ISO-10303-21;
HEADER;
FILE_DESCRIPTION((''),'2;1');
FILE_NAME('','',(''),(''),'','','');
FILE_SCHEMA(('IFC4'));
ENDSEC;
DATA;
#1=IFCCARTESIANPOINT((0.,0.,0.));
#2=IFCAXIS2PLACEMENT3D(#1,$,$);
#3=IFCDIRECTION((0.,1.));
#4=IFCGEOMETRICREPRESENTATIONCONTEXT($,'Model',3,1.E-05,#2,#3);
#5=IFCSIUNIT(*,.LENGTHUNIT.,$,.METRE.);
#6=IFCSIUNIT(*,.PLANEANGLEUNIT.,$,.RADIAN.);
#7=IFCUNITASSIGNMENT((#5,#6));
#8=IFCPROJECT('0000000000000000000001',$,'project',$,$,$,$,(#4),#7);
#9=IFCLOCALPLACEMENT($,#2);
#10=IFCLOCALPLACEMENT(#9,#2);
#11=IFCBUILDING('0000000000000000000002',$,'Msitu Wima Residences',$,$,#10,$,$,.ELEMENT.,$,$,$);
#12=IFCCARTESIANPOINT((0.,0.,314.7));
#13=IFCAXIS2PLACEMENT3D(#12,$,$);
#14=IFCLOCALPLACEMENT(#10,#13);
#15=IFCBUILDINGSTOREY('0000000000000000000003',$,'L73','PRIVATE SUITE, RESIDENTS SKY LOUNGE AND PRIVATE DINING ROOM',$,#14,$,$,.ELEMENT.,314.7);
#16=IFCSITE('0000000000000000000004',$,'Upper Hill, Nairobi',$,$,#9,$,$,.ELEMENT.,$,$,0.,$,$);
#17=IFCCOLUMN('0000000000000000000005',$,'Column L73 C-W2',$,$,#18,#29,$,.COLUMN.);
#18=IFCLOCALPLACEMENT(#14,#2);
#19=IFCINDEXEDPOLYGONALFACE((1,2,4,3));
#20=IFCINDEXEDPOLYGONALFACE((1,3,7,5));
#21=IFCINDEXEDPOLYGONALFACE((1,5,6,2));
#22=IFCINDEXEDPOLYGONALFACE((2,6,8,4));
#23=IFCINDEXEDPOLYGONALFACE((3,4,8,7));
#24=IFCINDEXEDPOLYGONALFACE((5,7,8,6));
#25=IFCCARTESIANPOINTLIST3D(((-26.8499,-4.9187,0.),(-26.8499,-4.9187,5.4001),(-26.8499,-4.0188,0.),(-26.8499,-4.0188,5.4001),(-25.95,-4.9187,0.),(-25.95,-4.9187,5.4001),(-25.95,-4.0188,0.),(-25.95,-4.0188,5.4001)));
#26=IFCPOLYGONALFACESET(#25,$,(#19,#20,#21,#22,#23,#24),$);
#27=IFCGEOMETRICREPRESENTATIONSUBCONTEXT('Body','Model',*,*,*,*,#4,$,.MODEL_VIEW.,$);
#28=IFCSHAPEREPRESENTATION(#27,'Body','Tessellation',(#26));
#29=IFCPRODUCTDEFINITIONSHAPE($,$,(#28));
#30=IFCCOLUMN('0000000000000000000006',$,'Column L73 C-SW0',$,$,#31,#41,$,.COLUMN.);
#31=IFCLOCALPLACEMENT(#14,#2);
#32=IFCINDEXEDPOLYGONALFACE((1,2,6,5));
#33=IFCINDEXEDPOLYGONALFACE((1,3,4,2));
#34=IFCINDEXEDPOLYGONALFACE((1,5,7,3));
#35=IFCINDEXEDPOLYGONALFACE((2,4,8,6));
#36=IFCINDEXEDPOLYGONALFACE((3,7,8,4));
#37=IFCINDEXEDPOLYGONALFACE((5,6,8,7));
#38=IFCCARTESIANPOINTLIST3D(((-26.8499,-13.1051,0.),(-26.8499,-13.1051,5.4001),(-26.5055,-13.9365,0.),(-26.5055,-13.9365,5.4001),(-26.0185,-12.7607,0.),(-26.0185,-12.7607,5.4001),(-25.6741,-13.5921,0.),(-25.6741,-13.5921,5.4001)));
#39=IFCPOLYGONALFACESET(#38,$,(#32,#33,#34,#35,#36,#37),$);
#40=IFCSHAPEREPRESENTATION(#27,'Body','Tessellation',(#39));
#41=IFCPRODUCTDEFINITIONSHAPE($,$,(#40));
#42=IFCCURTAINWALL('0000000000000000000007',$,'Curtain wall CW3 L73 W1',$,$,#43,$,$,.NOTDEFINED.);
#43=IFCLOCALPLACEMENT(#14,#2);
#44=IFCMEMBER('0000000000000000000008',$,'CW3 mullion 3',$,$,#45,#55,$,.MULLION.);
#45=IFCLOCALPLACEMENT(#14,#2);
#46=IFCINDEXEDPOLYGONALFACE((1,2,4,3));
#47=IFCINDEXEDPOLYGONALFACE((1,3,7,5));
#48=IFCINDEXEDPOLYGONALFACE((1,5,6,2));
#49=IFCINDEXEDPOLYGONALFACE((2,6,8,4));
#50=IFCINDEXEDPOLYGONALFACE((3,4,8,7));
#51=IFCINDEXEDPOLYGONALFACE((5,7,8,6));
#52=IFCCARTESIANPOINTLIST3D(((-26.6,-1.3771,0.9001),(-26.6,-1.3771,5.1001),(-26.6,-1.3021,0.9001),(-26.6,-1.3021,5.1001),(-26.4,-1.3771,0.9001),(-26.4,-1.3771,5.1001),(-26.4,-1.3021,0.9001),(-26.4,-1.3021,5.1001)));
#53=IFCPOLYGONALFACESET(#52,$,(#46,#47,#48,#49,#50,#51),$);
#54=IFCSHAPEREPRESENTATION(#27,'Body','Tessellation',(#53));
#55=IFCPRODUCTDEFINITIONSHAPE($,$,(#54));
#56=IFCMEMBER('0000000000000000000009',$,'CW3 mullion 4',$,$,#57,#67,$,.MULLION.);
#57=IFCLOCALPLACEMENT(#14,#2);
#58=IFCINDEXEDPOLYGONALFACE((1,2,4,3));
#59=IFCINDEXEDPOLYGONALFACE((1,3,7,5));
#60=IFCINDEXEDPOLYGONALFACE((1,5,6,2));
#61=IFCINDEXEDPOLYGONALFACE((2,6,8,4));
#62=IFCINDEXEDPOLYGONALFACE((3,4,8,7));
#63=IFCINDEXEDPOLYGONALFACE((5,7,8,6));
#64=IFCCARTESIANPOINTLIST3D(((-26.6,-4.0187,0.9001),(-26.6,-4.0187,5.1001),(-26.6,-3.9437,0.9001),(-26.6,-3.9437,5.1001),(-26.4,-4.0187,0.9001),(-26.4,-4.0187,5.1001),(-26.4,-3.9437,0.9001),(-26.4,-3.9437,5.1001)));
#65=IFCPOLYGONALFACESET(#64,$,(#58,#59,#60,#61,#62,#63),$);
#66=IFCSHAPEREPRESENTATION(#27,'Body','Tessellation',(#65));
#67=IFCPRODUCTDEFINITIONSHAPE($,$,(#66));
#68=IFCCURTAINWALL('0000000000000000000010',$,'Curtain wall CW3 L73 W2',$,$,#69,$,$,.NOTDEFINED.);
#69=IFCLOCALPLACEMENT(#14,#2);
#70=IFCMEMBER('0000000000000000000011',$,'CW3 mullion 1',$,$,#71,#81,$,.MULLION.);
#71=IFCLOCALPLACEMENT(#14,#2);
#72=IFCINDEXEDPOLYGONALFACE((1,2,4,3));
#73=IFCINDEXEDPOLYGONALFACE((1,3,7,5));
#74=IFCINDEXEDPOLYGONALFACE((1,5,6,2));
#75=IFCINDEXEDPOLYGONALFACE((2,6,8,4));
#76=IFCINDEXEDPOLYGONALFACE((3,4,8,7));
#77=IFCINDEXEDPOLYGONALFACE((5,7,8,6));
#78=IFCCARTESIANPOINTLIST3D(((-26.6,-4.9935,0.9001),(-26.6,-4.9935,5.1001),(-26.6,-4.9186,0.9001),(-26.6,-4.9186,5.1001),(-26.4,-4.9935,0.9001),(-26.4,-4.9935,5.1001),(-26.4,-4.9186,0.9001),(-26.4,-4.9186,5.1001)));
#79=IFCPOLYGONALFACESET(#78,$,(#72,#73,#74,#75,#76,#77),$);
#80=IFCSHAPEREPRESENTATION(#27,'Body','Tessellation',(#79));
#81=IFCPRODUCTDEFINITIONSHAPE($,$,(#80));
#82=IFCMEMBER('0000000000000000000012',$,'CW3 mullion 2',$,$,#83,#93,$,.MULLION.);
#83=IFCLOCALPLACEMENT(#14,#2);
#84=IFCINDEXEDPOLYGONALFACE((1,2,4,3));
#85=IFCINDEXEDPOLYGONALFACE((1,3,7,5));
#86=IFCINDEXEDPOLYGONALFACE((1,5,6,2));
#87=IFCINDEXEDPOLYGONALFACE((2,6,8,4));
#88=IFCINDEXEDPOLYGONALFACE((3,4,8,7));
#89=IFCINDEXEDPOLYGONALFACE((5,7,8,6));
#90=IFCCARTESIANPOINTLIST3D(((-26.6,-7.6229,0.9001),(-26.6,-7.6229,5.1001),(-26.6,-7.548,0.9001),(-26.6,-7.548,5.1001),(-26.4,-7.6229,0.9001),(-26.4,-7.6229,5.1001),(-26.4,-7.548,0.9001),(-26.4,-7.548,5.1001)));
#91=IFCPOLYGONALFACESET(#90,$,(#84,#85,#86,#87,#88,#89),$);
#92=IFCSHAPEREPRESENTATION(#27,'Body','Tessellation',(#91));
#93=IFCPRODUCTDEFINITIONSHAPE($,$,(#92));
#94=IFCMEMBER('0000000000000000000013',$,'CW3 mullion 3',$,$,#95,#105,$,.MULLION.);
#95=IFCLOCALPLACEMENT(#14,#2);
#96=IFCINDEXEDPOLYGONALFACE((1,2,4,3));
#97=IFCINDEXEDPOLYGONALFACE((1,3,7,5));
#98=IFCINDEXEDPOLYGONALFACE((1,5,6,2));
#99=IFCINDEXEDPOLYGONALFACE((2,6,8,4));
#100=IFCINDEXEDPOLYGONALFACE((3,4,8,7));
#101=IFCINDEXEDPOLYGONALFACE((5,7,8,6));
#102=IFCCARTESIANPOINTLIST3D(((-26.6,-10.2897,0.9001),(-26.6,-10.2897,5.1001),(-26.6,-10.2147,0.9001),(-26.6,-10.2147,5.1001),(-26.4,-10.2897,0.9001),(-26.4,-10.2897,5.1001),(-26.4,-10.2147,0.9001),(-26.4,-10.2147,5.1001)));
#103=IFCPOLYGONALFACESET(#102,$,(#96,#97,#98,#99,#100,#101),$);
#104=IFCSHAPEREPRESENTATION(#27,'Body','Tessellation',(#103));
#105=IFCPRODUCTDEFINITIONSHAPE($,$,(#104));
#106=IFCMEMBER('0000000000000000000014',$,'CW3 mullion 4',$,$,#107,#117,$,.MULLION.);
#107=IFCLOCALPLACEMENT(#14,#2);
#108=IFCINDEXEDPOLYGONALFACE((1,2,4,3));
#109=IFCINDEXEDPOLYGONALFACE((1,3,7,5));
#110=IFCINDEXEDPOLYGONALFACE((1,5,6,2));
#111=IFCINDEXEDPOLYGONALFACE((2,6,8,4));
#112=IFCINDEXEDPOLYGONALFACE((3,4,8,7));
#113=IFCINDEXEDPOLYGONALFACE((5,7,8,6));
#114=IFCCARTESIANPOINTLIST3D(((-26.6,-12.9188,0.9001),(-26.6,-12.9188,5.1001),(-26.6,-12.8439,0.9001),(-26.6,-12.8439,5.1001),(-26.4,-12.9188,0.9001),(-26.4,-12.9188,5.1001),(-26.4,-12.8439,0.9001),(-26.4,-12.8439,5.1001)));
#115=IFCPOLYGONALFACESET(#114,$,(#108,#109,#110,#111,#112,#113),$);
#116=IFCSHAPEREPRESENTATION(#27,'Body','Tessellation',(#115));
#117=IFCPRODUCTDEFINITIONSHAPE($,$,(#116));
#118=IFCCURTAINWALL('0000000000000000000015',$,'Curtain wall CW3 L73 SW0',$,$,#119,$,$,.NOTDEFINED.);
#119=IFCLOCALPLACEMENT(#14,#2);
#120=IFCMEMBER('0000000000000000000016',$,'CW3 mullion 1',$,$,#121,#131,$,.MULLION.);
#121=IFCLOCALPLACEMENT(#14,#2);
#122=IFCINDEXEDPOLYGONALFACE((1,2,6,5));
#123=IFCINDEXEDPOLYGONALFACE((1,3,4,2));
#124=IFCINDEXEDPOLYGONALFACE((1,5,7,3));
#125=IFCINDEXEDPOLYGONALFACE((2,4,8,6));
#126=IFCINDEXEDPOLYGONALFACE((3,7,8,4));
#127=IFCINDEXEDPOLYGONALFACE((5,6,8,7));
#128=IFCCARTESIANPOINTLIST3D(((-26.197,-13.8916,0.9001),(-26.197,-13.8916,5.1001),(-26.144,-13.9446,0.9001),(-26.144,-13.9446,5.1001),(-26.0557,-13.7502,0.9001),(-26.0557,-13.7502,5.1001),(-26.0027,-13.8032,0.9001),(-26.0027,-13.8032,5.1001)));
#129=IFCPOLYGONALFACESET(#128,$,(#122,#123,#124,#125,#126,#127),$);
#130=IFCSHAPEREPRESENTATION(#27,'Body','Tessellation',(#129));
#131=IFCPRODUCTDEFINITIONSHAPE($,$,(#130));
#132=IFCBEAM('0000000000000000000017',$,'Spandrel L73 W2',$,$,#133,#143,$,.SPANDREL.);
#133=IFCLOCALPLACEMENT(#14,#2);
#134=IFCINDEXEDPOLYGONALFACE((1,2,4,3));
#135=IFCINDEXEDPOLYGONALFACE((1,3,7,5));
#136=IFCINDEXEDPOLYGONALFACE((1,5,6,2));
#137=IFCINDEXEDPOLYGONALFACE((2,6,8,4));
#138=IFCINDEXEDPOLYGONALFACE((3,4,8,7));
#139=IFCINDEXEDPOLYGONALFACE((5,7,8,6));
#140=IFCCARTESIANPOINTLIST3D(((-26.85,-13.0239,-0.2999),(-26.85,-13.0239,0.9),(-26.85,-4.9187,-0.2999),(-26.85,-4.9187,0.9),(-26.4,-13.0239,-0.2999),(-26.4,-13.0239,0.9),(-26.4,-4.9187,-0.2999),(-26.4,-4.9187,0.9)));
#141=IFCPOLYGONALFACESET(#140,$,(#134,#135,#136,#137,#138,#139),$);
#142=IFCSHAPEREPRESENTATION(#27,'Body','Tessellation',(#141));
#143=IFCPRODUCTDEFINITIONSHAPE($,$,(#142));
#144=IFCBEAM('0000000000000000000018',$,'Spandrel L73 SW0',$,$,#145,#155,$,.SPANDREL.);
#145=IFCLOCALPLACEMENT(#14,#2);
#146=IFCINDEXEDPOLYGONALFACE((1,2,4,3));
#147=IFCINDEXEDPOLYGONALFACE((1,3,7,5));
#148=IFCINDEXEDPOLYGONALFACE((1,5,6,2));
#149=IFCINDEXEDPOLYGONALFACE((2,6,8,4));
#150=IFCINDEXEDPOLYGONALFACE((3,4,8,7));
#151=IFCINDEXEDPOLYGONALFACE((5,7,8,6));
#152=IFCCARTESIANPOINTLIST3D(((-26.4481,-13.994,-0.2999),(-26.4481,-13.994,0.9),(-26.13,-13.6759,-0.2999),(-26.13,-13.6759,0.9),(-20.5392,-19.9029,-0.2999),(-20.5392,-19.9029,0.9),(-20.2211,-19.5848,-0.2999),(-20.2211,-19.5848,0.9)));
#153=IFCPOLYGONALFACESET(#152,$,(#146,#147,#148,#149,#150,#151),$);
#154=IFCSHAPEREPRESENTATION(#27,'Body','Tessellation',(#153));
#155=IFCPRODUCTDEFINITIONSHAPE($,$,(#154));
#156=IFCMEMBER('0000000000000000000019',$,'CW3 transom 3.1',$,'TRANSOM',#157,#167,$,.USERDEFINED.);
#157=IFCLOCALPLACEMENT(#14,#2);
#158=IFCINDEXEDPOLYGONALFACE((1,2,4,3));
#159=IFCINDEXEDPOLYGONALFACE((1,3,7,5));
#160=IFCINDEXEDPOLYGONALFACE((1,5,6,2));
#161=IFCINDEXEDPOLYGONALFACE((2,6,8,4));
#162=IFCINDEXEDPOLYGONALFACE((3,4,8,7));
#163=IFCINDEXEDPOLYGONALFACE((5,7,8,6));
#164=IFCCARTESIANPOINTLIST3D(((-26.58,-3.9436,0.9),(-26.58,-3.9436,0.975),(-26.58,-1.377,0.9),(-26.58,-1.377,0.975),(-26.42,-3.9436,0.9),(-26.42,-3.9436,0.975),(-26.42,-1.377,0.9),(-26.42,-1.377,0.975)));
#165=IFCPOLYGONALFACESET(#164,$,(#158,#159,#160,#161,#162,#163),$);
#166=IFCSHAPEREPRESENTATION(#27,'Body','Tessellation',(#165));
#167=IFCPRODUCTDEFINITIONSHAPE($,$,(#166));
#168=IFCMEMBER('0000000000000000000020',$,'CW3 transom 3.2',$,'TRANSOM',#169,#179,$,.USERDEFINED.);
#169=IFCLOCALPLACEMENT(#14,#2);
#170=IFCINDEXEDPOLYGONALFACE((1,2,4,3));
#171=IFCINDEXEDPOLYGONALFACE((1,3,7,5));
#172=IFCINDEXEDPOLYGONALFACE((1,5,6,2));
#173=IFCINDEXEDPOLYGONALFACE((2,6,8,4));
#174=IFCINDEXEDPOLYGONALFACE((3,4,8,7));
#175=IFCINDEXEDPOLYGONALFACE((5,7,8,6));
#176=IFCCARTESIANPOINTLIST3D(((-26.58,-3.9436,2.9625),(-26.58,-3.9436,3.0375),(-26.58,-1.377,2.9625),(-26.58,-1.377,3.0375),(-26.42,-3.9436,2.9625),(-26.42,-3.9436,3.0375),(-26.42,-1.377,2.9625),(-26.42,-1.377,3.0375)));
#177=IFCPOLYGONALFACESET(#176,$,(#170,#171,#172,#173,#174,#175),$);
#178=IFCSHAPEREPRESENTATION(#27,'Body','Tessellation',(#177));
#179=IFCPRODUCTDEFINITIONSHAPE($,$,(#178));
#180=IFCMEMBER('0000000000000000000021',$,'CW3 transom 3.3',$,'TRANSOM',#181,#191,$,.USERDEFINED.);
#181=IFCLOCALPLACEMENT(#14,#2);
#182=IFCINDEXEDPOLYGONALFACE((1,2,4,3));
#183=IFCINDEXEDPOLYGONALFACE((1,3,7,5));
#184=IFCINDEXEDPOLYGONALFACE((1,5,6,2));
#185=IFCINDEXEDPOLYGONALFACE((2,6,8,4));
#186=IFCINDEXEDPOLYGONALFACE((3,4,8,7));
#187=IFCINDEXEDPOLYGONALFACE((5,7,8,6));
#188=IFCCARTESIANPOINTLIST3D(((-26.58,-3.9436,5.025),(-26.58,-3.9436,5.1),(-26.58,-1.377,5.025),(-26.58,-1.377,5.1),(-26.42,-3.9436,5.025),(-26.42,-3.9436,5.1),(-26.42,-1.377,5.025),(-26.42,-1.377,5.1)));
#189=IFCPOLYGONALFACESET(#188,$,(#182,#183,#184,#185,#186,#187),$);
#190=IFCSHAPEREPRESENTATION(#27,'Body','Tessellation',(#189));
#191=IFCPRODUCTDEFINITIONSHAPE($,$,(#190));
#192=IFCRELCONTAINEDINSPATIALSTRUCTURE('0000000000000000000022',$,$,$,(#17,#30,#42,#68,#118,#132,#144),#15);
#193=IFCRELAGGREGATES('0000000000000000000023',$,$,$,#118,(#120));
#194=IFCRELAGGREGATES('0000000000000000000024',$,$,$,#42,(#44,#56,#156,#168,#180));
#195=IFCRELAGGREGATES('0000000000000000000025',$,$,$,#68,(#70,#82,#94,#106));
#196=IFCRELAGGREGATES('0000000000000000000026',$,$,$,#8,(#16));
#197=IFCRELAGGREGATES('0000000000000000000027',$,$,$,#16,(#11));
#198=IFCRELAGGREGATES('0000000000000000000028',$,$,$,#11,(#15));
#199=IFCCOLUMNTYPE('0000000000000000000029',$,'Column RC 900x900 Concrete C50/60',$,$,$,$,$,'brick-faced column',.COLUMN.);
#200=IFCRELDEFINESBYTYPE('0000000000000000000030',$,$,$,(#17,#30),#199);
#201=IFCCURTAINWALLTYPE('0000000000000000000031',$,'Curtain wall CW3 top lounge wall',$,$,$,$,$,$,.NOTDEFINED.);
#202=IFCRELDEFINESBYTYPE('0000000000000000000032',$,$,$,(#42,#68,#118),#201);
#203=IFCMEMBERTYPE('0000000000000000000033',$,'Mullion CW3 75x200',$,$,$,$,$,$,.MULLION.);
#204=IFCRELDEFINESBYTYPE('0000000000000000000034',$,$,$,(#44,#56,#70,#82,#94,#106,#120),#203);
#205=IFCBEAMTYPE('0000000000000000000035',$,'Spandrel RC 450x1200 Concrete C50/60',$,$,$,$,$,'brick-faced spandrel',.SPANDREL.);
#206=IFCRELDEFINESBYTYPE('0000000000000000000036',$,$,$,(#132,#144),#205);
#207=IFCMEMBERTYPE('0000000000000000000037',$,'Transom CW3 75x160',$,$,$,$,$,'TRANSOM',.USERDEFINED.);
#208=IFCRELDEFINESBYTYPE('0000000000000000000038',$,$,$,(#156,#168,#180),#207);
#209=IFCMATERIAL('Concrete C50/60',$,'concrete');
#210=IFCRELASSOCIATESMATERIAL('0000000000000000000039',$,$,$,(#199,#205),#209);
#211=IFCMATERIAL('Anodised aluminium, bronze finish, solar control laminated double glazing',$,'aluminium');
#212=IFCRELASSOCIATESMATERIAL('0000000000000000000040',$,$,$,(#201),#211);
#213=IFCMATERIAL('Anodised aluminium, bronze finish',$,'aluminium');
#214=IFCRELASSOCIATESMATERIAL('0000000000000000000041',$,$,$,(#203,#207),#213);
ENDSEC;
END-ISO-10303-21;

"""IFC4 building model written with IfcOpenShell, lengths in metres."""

from ifc_helpers import new_model, si_unit, direction, frame, origin, origin_2d, place, context, subcontext, project, spatial, rectangle, extrude, material, material_profile, profile_set, type_object, element, aggregate, save


model = new_model("IFC4")

# Units and contexts
model_context = context("Model", 3, precision=1e-05, world=origin(), true_north=direction((0.0, 1.0)))
body_context = subcontext(model_context, "Body", "Model", "MODEL_VIEW")
ifc_project = project(units=[si_unit("LENGTHUNIT", "METRE"), si_unit("PLANEANGLEUNIT", "RADIAN")], contexts=[model_context])

# Site, building, storey
site_placement = place(None, origin())
site = spatial("IfcSite", under=ifc_project, at=site_placement, Name="Upper Hill, Nairobi", CompositionType="ELEMENT", RefElevation=0.0)
building_placement = place(site_placement, origin())
building = spatial("IfcBuilding", under=site, at=building_placement, Name="Msitu Wima Residences", CompositionType="ELEMENT")
storey_placement = place(building_placement, frame((0.0, 0.0, 314.7)))
storey = spatial("IfcBuildingStorey", under=building, at=storey_placement, Name="L73", Description="PRIVATE SUITE, RESIDENTS SKY LOUNGE AND PRIVATE DINING ROOM", CompositionType="ELEMENT", Elevation=314.7)

# Columns
ifc_material_1 = material(Name="Concrete C50/60", Category="concrete")
ifc_material_profile_1 = material_profile(ifc_material_1, rectangle(XDim=0.8999, YDim=0.8999, at=origin_2d()), Name="RC 900x900")
ifc_profile_set_1 = profile_set([ifc_material_profile_1], Name="Concrete C50/60")
column_type = type_object("IfcColumnType", Name="Column RC 900x900 Concrete C50/60", ElementType="brick-faced column", PredefinedType="COLUMN", material=ifc_profile_set_1)
for number, where, z_axis, x_axis, name in (
    (1, (-26.3999, -4.4688, 0.0), (0.0, 0.0, 1.0), (0.0, -1.0, 0.0), "Column L73 C-W2"),
    (2, (-26.262, -13.3486, 0.0), (0.0, 0.0, 1.0), (0.382683, -0.92388, 0.0), "Column L73 C-SW0"),
):
    element("IfcColumn", number, at=place(storey_placement, frame(where, z_axis=z_axis, x_axis=x_axis)), inside=storey, type_object=column_type, Name=name, PredefinedType="COLUMN", context=body_context, shape_type="SweptSolid", body=[
        extrude(rectangle(XDim=0.8999, YDim=0.8999, at=origin_2d()), origin(), (0.0, 0.0, 1.0), 5.4001),
    ])

# Curtain walls, members
ifc_material_2 = material(Name="Anodised aluminium, bronze finish, solar control laminated double glazing", Category="aluminium")
curtain_wall_type = type_object("IfcCurtainWallType", Name="Curtain wall CW3 top lounge wall", PredefinedType="NOTDEFINED", material=ifc_material_2)
curtain_wall_1_placement = place(storey_placement, origin())
curtain_wall_1 = element("IfcCurtainWall", 3, at=curtain_wall_1_placement, inside=storey, type_object=curtain_wall_type, Name="Curtain wall CW3 L73 W1", PredefinedType="NOTDEFINED")
ifc_material_3 = material(Name="Anodised aluminium, bronze finish", Category="aluminium")
ifc_material_profile_2 = material_profile(ifc_material_3, rectangle(XDim=0.2, YDim=0.075, at=origin_2d()), Name="Mullion 75x200")
ifc_profile_set_2 = profile_set([ifc_material_profile_2], Name="Anodised aluminium, bronze finish")
member_type_1 = type_object("IfcMemberType", Name="Mullion CW3 75x200", PredefinedType="MULLION", material=ifc_profile_set_2)
member_1_placement = place(storey_placement, frame((-26.5, -1.3396, 0.9001), z_axis=(0.0, 0.0, 1.0), x_axis=(1.0, 0.0, 0.0)))
member_1 = element("IfcMember", 4, at=member_1_placement, type_object=member_type_1, Name="CW3 mullion 3", PredefinedType="MULLION", context=body_context, shape_type="SweptSolid", body=[
    extrude(rectangle(XDim=0.2, YDim=0.075, at=origin_2d()), origin(), (0.0, 0.0, 1.0), 4.2),
])
member_2_placement = place(storey_placement, frame((-26.5, -3.9812, 0.9001), z_axis=(0.0, 0.0, 1.0), x_axis=(1.0, 0.0, 0.0)))
member_2 = element("IfcMember", 5, at=member_2_placement, type_object=member_type_1, Name="CW3 mullion 4", PredefinedType="MULLION", context=body_context, shape_type="SweptSolid", body=[
    extrude(rectangle(XDim=0.2, YDim=0.075, at=origin_2d()), origin(), (0.0, 0.0, 1.0), 4.2),
])
curtain_wall_2_placement = place(storey_placement, origin())
curtain_wall_2 = element("IfcCurtainWall", 6, at=curtain_wall_2_placement, inside=storey, type_object=curtain_wall_type, Name="Curtain wall CW3 L73 W2", PredefinedType="NOTDEFINED")
member_3_placement = place(storey_placement, frame((-26.5, -4.9561, 0.9001), z_axis=(0.0, 0.0, 1.0), x_axis=(1.0, 0.0, 0.0)))
member_3 = element("IfcMember", 7, at=member_3_placement, type_object=member_type_1, Name="CW3 mullion 1", PredefinedType="MULLION", context=body_context, shape_type="SweptSolid", body=[
    extrude(rectangle(XDim=0.2, YDim=0.075, at=origin_2d()), origin(), (0.0, 0.0, 1.0), 4.2),
])
member_4_placement = place(storey_placement, frame((-26.5, -7.5854, 0.9001), z_axis=(0.0, 0.0, 1.0), x_axis=(1.0, 0.0, 0.0)))
member_4 = element("IfcMember", 8, at=member_4_placement, type_object=member_type_1, Name="CW3 mullion 2", PredefinedType="MULLION", context=body_context, shape_type="SweptSolid", body=[
    extrude(rectangle(XDim=0.2, YDim=0.075, at=origin_2d()), origin(), (0.0, 0.0, 1.0), 4.2),
])
member_5_placement = place(storey_placement, frame((-26.5, -10.2522, 0.9001), z_axis=(0.0, 0.0, 1.0), x_axis=(1.0, 0.0, 0.0)))
member_5 = element("IfcMember", 9, at=member_5_placement, type_object=member_type_1, Name="CW3 mullion 3", PredefinedType="MULLION", context=body_context, shape_type="SweptSolid", body=[
    extrude(rectangle(XDim=0.2, YDim=0.075, at=origin_2d()), origin(), (0.0, 0.0, 1.0), 4.2),
])
member_6_placement = place(storey_placement, frame((-26.5, -12.8813, 0.9001), z_axis=(0.0, 0.0, 1.0), x_axis=(1.0, 0.0, 0.0)))
member_6 = element("IfcMember", 10, at=member_6_placement, type_object=member_type_1, Name="CW3 mullion 4", PredefinedType="MULLION", context=body_context, shape_type="SweptSolid", body=[
    extrude(rectangle(XDim=0.2, YDim=0.075, at=origin_2d()), origin(), (0.0, 0.0, 1.0), 4.2),
])

# Curtain wall, member
curtain_wall_3_placement = place(storey_placement, origin())
curtain_wall_3 = element("IfcCurtainWall", 11, at=curtain_wall_3_placement, inside=storey, type_object=curtain_wall_type, Name="Curtain wall CW3 L73 SW0", PredefinedType="NOTDEFINED")
member_7_placement = place(storey_placement, frame((-26.0999, -13.8474, 0.9001), z_axis=(0.0, 0.0, 1.0), x_axis=(0.707107, 0.707107, 0.0)))
member_7 = element("IfcMember", 12, at=member_7_placement, type_object=member_type_1, Name="CW3 mullion 1", PredefinedType="MULLION", context=body_context, shape_type="SweptSolid", body=[
    extrude(rectangle(XDim=0.2, YDim=0.075, at=origin_2d()), origin(), (0.0, 0.0, 1.0), 4.2),
])

# Beams
ifc_material_profile_3 = material_profile(ifc_material_1, rectangle(XDim=0.45, YDim=1.2, at=origin_2d()), Name="RC 450x1200")
ifc_profile_set_3 = profile_set([ifc_material_profile_3], Name="Concrete C50/60")
beam_type = type_object("IfcBeamType", Name="Spandrel RC 450x1200 Concrete C50/60", ElementType="brick-faced spandrel", PredefinedType="SPANDREL", material=ifc_profile_set_3)
beam_1_placement = place(storey_placement, frame((-26.625, -4.9187, 0.3), z_axis=(0.0, -1.0, 0.0), x_axis=(1.0, 0.0, 0.0)))
element("IfcBeam", 13, at=beam_1_placement, inside=storey, type_object=beam_type, Name="Spandrel L73 W2", PredefinedType="SPANDREL", context=body_context, shape_type="SweptSolid", body=[
    extrude(rectangle(XDim=0.45, YDim=1.2, at=origin_2d()), origin(), (0.0, 0.0, 1.0), 8.1052),
])
beam_2_placement = place(storey_placement, frame((-26.2891, -13.835, 0.3), z_axis=(0.707107, -0.707107, 0.0), x_axis=(0.707107, 0.707107, 0.0)))
element("IfcBeam", 14, at=beam_2_placement, inside=storey, type_object=beam_type, Name="Spandrel L73 SW0", PredefinedType="SPANDREL", context=body_context, shape_type="SweptSolid", body=[
    extrude(rectangle(XDim=0.45, YDim=1.2, at=origin_2d()), origin(), (0.0, 0.0, 1.0), 8.3564),
])

# Members
ifc_material_profile_4 = material_profile(ifc_material_3, rectangle(XDim=0.1599, YDim=0.075, at=origin_2d()), Name="Transom 75x160")
ifc_profile_set_4 = profile_set([ifc_material_profile_4], Name="Anodised aluminium, bronze finish")
member_type_2 = type_object("IfcMemberType", Name="Transom CW3 75x160", ElementType="TRANSOM", PredefinedType="USERDEFINED", material=ifc_profile_set_4)
member_8_placement = place(storey_placement, frame((-26.5, -1.377, 0.9375), z_axis=(0.0, -1.0, 0.0), x_axis=(1.0, 0.0, 0.0)))
member_8 = element("IfcMember", 15, at=member_8_placement, type_object=member_type_2, Name="CW3 transom 3.1", ObjectType="TRANSOM", PredefinedType="USERDEFINED", context=body_context, shape_type="SweptSolid", body=[
    extrude(rectangle(XDim=0.1599, YDim=0.075, at=origin_2d()), origin(), (0.0, 0.0, 1.0), 2.5667),
])
member_9_placement = place(storey_placement, frame((-26.5, -1.377, 3.0), z_axis=(0.0, -1.0, 0.0), x_axis=(1.0, 0.0, 0.0)))
member_9 = element("IfcMember", 16, at=member_9_placement, type_object=member_type_2, Name="CW3 transom 3.2", ObjectType="TRANSOM", PredefinedType="USERDEFINED", context=body_context, shape_type="SweptSolid", body=[
    extrude(rectangle(XDim=0.1599, YDim=0.075, at=origin_2d()), origin(), (0.0, 0.0, 1.0), 2.5667),
])
member_10_placement = place(storey_placement, frame((-26.5, -1.377, 5.0625), z_axis=(0.0, -1.0, 0.0), x_axis=(1.0, 0.0, 0.0)))
member_10 = element("IfcMember", 17, at=member_10_placement, type_object=member_type_2, Name="CW3 transom 3.3", ObjectType="TRANSOM", PredefinedType="USERDEFINED", context=body_context, shape_type="SweptSolid", body=[
    extrude(rectangle(XDim=0.1599, YDim=0.075, at=origin_2d()), origin(), (0.0, 0.0, 1.0), 2.5667),
])
aggregate(curtain_wall_3, [member_7])

aggregate(curtain_wall_1, [member_1, member_2, member_8, member_9, member_10])
aggregate(curtain_wall_2, [member_3, member_4, member_5, member_6])

save(model, "model.ifc")
